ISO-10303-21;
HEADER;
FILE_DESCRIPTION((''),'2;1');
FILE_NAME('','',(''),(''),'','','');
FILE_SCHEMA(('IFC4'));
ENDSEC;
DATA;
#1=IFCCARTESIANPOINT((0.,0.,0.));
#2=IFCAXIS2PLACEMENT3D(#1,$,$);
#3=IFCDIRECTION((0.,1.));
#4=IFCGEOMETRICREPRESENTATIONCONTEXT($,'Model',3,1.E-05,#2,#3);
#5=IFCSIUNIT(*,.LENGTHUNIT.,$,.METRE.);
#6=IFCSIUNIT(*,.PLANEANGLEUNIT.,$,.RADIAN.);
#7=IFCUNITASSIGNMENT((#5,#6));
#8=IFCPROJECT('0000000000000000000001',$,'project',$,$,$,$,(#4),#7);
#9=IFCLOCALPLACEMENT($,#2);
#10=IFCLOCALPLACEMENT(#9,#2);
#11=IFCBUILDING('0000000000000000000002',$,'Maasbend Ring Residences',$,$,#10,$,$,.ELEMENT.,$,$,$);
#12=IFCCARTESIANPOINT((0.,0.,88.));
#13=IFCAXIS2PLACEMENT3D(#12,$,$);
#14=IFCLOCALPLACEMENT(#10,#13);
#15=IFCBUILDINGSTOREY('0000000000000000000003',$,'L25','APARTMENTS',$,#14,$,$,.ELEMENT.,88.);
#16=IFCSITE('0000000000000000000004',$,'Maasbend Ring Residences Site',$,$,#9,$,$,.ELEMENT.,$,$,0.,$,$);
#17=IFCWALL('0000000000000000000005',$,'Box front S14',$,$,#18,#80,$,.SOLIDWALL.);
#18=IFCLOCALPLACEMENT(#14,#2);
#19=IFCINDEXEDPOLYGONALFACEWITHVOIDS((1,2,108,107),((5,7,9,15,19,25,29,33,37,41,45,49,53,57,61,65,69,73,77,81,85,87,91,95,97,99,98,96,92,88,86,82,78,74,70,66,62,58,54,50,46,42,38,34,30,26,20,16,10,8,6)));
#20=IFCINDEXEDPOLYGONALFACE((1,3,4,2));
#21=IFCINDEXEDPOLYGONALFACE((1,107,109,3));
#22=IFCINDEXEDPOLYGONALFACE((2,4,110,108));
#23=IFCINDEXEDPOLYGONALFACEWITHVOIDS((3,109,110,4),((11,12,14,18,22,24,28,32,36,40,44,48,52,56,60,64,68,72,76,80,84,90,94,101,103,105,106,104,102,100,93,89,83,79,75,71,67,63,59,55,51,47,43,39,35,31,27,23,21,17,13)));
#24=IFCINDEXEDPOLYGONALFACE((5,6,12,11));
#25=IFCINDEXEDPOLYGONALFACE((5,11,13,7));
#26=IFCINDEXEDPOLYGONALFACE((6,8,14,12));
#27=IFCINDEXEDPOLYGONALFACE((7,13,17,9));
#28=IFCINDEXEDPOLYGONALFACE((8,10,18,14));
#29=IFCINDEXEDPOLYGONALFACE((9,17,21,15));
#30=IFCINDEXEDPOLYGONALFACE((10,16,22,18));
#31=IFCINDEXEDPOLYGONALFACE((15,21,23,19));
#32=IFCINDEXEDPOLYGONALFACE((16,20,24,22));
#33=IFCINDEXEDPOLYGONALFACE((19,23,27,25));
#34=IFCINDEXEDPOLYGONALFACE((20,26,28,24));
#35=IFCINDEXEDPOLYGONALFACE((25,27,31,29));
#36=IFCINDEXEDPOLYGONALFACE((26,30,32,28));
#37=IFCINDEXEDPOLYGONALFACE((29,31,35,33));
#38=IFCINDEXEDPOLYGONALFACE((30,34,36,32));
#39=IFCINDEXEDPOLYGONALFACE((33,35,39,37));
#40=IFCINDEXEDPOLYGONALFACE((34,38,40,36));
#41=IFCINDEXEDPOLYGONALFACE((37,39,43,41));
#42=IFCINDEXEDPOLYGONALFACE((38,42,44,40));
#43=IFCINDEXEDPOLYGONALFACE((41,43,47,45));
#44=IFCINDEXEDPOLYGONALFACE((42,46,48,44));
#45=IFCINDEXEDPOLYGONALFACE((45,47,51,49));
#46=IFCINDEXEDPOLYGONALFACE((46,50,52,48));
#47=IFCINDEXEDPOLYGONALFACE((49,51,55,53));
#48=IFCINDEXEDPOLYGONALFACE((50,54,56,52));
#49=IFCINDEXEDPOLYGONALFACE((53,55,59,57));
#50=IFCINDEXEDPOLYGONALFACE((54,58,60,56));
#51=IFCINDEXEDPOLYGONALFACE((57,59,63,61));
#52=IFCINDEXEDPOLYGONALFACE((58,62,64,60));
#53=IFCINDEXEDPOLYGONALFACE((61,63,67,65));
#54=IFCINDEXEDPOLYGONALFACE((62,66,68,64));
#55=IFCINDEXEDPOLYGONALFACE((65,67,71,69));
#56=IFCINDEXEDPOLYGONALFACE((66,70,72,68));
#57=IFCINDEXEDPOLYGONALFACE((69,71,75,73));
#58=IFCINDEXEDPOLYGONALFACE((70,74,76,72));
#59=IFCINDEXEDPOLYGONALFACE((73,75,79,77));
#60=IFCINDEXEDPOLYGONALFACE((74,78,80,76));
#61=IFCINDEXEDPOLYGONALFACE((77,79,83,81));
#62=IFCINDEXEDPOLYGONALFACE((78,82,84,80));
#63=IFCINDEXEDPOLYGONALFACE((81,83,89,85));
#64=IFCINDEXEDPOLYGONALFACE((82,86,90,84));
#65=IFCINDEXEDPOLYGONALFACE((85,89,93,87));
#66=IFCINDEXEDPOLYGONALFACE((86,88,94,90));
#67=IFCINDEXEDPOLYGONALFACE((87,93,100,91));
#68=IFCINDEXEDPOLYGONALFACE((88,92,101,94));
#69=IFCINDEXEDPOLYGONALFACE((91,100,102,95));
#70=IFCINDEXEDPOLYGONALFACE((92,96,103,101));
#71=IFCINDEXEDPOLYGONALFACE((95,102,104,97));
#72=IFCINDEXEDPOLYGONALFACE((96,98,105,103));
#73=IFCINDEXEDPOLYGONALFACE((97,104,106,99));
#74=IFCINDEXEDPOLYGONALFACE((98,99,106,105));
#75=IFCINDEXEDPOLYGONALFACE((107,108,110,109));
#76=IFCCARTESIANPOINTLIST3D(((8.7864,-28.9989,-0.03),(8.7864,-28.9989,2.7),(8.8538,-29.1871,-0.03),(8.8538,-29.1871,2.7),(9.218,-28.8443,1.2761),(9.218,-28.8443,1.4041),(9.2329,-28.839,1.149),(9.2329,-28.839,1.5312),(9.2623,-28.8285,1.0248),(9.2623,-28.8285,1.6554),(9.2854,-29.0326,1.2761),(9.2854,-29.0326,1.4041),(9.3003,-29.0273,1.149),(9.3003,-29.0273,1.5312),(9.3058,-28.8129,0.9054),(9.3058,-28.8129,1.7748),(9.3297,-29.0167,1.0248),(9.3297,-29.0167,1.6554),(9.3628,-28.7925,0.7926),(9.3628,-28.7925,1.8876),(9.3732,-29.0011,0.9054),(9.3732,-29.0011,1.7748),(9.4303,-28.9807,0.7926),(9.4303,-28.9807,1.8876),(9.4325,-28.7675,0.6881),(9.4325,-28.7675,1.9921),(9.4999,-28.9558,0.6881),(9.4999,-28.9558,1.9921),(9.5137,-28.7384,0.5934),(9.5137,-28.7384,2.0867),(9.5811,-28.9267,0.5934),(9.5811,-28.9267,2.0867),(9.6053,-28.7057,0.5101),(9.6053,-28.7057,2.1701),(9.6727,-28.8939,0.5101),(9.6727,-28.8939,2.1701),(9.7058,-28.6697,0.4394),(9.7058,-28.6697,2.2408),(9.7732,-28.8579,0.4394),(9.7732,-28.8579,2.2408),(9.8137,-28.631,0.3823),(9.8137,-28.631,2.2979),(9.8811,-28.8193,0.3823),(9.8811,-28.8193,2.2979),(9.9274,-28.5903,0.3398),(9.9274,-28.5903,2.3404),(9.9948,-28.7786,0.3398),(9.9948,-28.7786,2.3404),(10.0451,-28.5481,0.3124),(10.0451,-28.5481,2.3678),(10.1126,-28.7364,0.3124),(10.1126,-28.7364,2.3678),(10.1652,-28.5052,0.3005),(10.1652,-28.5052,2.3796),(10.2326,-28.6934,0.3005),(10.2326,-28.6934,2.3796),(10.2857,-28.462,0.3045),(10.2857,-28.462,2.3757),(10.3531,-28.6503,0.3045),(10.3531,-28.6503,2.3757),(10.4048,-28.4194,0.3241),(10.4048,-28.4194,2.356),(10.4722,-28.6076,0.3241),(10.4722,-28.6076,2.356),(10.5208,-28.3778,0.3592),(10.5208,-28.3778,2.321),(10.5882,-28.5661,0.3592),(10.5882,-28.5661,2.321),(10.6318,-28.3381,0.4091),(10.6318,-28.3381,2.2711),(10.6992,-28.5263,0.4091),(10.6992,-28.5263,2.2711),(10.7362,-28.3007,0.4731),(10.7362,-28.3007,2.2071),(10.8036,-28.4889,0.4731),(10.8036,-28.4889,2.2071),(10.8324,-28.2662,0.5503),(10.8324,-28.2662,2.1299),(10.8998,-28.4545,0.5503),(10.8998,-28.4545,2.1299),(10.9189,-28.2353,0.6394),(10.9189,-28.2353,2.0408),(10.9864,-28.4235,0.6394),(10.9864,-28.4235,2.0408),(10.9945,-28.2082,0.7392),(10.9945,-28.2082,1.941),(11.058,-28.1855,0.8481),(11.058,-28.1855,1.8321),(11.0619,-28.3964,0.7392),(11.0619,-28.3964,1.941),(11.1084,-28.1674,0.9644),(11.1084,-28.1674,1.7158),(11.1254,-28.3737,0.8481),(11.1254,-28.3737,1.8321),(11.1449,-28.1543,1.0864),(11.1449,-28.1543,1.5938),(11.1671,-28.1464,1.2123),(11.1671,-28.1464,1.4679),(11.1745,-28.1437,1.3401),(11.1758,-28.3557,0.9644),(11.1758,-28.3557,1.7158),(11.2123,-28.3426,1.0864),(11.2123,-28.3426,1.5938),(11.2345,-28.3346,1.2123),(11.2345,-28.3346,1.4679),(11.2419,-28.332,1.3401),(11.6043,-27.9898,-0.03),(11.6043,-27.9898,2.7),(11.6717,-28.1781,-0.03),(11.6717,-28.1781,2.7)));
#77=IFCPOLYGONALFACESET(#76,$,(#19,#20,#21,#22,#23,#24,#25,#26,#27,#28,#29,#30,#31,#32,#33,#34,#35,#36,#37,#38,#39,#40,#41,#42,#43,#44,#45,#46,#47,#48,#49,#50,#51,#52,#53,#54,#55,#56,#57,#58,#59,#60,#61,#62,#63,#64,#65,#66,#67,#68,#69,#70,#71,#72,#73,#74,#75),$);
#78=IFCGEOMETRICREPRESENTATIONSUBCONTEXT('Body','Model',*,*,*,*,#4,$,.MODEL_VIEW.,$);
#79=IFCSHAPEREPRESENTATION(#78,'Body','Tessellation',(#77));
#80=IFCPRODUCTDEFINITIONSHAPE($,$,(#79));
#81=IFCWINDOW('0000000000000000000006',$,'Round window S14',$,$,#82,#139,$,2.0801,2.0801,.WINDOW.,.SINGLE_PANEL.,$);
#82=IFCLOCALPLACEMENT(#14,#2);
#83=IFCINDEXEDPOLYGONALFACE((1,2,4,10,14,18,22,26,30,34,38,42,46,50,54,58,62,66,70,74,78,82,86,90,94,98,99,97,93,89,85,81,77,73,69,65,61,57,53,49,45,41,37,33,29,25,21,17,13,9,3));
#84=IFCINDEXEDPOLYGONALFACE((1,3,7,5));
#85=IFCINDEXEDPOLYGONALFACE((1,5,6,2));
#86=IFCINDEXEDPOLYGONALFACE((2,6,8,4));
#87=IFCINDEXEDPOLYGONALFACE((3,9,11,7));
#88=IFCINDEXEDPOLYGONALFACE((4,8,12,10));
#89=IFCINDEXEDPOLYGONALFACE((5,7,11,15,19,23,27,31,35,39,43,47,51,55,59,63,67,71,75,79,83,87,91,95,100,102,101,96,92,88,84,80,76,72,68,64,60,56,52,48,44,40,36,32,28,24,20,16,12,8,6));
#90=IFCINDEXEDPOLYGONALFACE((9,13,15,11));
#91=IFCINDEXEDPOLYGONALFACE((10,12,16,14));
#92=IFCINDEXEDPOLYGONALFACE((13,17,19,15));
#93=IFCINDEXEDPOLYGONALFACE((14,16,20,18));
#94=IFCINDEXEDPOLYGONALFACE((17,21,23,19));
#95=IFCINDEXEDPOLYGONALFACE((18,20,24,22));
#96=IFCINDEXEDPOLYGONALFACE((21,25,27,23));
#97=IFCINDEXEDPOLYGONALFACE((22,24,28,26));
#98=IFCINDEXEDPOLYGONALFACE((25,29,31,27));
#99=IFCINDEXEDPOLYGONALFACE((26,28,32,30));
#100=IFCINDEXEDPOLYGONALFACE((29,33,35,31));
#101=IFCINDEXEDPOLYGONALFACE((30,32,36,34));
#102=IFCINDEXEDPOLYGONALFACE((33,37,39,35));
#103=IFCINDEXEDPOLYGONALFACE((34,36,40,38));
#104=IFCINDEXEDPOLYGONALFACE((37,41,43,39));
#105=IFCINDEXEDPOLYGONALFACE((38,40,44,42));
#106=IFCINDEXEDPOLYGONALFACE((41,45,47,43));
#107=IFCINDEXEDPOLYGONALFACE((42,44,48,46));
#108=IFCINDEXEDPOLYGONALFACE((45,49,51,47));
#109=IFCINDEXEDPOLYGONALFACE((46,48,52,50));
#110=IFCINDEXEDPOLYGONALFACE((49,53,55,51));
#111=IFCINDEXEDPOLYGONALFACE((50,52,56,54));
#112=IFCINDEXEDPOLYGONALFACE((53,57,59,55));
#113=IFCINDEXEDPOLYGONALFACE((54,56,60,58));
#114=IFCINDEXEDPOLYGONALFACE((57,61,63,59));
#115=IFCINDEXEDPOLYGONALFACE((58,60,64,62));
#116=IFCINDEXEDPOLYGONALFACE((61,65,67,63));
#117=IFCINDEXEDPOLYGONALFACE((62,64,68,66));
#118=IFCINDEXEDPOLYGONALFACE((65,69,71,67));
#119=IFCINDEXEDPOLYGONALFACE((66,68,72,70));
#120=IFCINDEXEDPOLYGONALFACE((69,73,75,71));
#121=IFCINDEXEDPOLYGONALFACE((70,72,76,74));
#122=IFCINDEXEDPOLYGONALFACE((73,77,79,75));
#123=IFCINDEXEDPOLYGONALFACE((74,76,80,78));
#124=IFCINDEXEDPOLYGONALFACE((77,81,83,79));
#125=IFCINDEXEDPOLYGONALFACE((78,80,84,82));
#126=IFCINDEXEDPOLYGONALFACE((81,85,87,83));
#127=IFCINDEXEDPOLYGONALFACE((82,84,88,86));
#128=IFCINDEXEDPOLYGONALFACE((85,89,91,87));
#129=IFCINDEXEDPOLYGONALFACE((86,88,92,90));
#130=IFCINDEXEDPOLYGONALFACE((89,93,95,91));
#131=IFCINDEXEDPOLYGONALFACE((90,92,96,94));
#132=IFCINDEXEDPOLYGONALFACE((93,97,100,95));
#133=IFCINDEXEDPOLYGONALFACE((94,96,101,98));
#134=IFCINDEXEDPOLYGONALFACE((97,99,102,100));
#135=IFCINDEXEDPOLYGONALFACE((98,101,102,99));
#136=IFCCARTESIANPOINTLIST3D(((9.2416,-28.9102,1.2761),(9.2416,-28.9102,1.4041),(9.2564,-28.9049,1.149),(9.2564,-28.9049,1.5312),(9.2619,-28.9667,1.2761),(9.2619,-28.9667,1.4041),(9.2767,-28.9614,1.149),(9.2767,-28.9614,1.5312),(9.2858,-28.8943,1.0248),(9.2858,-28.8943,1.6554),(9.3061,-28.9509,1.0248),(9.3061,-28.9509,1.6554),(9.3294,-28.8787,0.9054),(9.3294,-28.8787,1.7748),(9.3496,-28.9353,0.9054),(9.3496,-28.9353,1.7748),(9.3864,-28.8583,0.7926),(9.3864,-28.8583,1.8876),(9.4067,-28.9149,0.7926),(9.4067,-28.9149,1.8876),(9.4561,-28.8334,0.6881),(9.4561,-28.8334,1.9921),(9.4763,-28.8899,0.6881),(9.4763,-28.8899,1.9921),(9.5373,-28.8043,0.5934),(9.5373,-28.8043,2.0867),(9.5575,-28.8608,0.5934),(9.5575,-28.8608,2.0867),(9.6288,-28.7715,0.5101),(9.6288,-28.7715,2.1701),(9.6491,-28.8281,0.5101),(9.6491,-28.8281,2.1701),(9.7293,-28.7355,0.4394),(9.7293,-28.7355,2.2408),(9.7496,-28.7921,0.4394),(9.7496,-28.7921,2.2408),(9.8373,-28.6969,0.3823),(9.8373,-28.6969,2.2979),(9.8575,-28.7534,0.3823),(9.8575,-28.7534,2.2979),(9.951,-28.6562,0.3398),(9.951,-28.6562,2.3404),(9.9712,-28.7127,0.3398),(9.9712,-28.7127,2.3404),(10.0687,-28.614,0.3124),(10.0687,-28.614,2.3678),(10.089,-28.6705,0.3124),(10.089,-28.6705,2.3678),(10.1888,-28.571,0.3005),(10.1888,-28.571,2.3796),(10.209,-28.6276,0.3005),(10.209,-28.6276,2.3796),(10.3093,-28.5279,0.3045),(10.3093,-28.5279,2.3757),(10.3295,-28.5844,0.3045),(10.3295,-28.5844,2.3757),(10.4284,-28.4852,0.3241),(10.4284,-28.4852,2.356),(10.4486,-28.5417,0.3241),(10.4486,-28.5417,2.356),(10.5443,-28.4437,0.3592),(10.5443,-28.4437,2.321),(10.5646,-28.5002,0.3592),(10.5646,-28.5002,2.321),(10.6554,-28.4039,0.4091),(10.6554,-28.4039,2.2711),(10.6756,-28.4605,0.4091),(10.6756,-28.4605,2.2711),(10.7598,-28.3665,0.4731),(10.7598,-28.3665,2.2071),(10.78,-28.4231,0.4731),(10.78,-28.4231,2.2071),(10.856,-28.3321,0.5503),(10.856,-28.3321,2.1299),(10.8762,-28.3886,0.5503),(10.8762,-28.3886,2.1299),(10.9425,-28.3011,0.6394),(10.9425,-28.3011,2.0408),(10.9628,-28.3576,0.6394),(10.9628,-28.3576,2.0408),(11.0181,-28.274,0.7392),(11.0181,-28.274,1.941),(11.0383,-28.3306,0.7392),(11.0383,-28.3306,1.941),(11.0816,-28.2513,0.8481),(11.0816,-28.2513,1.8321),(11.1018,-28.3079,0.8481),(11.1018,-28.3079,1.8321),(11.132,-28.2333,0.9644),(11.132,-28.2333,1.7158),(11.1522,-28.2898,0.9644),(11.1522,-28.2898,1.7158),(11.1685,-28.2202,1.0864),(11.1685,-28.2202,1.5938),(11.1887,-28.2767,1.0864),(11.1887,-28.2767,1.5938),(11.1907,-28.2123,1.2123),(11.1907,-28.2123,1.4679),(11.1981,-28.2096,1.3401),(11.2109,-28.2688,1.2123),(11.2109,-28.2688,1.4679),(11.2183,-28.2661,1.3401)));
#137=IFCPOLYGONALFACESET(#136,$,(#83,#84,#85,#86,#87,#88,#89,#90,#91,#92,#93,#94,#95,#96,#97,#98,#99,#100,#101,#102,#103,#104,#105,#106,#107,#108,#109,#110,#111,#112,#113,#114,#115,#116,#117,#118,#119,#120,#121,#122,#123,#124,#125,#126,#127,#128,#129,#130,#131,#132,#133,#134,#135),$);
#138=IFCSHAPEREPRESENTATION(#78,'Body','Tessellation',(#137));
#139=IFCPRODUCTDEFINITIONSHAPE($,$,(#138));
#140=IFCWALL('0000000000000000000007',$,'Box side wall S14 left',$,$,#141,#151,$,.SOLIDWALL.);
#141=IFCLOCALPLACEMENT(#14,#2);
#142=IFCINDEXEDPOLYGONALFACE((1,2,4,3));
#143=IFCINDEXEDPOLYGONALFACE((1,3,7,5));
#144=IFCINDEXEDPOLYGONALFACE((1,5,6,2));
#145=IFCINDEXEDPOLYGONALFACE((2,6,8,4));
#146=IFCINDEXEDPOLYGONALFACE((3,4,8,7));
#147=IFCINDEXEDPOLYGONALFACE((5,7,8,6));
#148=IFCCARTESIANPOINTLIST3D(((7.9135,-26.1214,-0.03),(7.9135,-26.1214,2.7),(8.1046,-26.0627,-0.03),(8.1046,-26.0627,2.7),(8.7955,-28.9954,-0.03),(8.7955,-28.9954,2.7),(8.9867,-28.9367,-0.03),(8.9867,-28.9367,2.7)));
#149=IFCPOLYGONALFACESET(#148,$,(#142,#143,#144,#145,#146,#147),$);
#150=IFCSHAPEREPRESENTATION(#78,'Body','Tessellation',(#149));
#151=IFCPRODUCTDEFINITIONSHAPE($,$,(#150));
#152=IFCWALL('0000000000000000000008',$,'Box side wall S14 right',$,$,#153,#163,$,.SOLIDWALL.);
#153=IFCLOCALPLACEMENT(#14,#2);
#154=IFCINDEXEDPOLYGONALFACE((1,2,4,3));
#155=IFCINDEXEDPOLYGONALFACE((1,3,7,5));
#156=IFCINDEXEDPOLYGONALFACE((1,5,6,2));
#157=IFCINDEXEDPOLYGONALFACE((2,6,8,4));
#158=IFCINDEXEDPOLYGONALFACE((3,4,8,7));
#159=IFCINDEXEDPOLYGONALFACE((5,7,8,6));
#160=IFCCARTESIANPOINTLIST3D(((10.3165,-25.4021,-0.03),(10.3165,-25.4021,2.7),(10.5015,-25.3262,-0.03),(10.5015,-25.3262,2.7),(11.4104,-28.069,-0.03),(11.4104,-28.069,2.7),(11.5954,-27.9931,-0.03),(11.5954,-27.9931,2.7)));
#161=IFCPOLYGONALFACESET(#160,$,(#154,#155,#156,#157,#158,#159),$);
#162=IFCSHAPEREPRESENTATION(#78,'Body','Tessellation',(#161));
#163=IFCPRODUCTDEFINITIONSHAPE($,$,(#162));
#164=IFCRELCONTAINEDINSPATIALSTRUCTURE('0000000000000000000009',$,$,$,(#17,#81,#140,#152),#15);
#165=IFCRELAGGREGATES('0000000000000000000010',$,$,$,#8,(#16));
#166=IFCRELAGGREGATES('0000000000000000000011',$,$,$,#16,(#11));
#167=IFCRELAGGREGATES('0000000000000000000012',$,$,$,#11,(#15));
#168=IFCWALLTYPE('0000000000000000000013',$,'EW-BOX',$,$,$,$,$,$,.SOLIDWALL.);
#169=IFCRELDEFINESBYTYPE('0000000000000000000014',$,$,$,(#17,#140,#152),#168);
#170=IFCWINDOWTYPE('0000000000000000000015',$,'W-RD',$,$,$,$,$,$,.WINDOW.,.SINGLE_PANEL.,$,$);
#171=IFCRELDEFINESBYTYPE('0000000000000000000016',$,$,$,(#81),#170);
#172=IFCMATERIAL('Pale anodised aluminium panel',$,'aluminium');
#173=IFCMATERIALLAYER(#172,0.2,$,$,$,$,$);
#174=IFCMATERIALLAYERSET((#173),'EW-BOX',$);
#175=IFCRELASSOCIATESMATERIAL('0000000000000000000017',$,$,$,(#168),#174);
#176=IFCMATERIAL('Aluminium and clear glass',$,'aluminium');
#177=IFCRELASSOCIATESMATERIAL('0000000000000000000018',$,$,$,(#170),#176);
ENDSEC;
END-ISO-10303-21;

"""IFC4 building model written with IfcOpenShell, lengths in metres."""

from ifc_helpers import new_model, si_unit, direction, frame, frame_2d, origin, place, context, subcontext, project, spatial, rectangle, circle, extrude, material, layer, layer_set, type_object, element, fill, save


model = new_model("IFC4")

# Units and contexts
model_context = context("Model", 3, precision=1e-05, world=origin(), true_north=direction((0.0, 1.0)))
body_context = subcontext(model_context, "Body", "Model", "MODEL_VIEW")
ifc_project = project(units=[si_unit("LENGTHUNIT", "METRE"), si_unit("PLANEANGLEUNIT", "RADIAN")], contexts=[model_context])

# Site, building, storey
site_placement = place(None, origin())
site = spatial("IfcSite", under=ifc_project, at=site_placement, Name="Maasbend Ring Residences Site", CompositionType="ELEMENT", RefElevation=0.0)
building_placement = place(site_placement, origin())
building = spatial("IfcBuilding", under=site, at=building_placement, Name="Maasbend Ring Residences", CompositionType="ELEMENT")
storey_placement = place(building_placement, frame((0.0, 0.0, 88.0)))
storey = spatial("IfcBuildingStorey", under=building, at=storey_placement, Name="L25", Description="APARTMENTS", CompositionType="ELEMENT", Elevation=88.0)

# Shared definitions
ifc_material_1 = material(Name="Pale anodised aluminium panel", Category="aluminium")
ifc_layer_1 = layer(ifc_material_1, 0.2)
ifc_layer_set_1 = layer_set([ifc_layer_1], Name="EW-BOX")
wall_type_1 = type_object("IfcWallType", Name="EW-BOX", PredefinedType="SOLIDWALL", material=ifc_layer_set_1)
ifc_material_2 = material(Name="Aluminium and clear glass", Category="aluminium")
window_type_1 = type_object("IfcWindowType", Name="W-RD", PartitioningType="SINGLE_PANEL", PredefinedType="WINDOW", material=ifc_material_2)

# Wall, opening, window
wall_1_placement = place(storey_placement, frame((8.8201, -29.093, -0.03), z_axis=(0.0, 0.0, 1.0), x_axis=(0.941461, 0.337122, 0.0)))
wall_1 = element("IfcWall", 1, at=wall_1_placement, inside=storey, type_object=wall_type_1, Name="Box front S14", PredefinedType="SOLIDWALL", context=body_context, shape_type="SweptSolid", body=[
    extrude(rectangle(XDim=2.9932, YDim=0.2, at=frame_2d((1.4966, 0.0))), origin(), (0.0, 0.0, 1.0), 2.73),
])
opening_1_placement = place(wall_1_placement, frame((0.4565, 0.0, 0.3301)))
opening_1 = element("IfcOpeningElement", 2, at=opening_1_placement, cuts=wall_1, PredefinedType="OPENING", context=body_context, shape_type="SweptSolid", body=[
    extrude(circle(Radius=1.04, at=frame_2d((1.04, 1.04))), frame((0.0, 0.1099, 0.0), z_axis=(0.0, -1.0, 0.0), x_axis=(1.0, 0.0, 0.0)), (0.0, 0.0, 1.0), 0.22),
])
window_1_placement = place(opening_1_placement, origin())
window_1 = element("IfcWindow", 3, at=window_1_placement, inside=storey, type_object=window_type_1, Name="Round window S14", OverallHeight=2.0801, OverallWidth=2.0801, PartitioningType="SINGLE_PANEL", PredefinedType="WINDOW", context=body_context, shape_type="SweptSolid", body=[
    extrude(circle(Radius=1.04, at=frame_2d((1.04, 1.04))), frame((0.0, 0.03, 0.0), z_axis=(0.0, -1.0, 0.0), x_axis=(1.0, 0.0, 0.0)), (0.0, 0.0, 1.0), 0.0601),
])
fill(opening_1, window_1)

# Walls
wall_2_placement = place(storey_placement, frame((8.009, -26.092, -0.03), z_axis=(0.0, 0.0, 1.0), x_axis=(0.293407, -0.955988, 0.0)))
element("IfcWall", 4, at=wall_2_placement, inside=storey, type_object=wall_type_1, Name="Box side wall S14 left", PredefinedType="SOLIDWALL", context=body_context, shape_type="SweptSolid", body=[
    extrude(rectangle(XDim=3.0063, YDim=0.2, at=frame_2d((1.5032, 0.0))), origin(), (0.0, 0.0, 1.0), 2.73),
])
wall_3_placement = place(storey_placement, frame((10.4089, -25.364, -0.03), z_axis=(0.0, 0.0, 1.0), x_axis=(0.37951, -0.925188, 0.0)))
element("IfcWall", 5, at=wall_3_placement, inside=storey, type_object=wall_type_1, Name="Box side wall S14 right", PredefinedType="SOLIDWALL", context=body_context, shape_type="SweptSolid", body=[
    extrude(rectangle(XDim=2.8826, YDim=0.2, at=frame_2d((1.4414, 0.0))), origin(), (0.0, 0.0, 1.0), 2.73),
])

save(model, "model.ifc")
